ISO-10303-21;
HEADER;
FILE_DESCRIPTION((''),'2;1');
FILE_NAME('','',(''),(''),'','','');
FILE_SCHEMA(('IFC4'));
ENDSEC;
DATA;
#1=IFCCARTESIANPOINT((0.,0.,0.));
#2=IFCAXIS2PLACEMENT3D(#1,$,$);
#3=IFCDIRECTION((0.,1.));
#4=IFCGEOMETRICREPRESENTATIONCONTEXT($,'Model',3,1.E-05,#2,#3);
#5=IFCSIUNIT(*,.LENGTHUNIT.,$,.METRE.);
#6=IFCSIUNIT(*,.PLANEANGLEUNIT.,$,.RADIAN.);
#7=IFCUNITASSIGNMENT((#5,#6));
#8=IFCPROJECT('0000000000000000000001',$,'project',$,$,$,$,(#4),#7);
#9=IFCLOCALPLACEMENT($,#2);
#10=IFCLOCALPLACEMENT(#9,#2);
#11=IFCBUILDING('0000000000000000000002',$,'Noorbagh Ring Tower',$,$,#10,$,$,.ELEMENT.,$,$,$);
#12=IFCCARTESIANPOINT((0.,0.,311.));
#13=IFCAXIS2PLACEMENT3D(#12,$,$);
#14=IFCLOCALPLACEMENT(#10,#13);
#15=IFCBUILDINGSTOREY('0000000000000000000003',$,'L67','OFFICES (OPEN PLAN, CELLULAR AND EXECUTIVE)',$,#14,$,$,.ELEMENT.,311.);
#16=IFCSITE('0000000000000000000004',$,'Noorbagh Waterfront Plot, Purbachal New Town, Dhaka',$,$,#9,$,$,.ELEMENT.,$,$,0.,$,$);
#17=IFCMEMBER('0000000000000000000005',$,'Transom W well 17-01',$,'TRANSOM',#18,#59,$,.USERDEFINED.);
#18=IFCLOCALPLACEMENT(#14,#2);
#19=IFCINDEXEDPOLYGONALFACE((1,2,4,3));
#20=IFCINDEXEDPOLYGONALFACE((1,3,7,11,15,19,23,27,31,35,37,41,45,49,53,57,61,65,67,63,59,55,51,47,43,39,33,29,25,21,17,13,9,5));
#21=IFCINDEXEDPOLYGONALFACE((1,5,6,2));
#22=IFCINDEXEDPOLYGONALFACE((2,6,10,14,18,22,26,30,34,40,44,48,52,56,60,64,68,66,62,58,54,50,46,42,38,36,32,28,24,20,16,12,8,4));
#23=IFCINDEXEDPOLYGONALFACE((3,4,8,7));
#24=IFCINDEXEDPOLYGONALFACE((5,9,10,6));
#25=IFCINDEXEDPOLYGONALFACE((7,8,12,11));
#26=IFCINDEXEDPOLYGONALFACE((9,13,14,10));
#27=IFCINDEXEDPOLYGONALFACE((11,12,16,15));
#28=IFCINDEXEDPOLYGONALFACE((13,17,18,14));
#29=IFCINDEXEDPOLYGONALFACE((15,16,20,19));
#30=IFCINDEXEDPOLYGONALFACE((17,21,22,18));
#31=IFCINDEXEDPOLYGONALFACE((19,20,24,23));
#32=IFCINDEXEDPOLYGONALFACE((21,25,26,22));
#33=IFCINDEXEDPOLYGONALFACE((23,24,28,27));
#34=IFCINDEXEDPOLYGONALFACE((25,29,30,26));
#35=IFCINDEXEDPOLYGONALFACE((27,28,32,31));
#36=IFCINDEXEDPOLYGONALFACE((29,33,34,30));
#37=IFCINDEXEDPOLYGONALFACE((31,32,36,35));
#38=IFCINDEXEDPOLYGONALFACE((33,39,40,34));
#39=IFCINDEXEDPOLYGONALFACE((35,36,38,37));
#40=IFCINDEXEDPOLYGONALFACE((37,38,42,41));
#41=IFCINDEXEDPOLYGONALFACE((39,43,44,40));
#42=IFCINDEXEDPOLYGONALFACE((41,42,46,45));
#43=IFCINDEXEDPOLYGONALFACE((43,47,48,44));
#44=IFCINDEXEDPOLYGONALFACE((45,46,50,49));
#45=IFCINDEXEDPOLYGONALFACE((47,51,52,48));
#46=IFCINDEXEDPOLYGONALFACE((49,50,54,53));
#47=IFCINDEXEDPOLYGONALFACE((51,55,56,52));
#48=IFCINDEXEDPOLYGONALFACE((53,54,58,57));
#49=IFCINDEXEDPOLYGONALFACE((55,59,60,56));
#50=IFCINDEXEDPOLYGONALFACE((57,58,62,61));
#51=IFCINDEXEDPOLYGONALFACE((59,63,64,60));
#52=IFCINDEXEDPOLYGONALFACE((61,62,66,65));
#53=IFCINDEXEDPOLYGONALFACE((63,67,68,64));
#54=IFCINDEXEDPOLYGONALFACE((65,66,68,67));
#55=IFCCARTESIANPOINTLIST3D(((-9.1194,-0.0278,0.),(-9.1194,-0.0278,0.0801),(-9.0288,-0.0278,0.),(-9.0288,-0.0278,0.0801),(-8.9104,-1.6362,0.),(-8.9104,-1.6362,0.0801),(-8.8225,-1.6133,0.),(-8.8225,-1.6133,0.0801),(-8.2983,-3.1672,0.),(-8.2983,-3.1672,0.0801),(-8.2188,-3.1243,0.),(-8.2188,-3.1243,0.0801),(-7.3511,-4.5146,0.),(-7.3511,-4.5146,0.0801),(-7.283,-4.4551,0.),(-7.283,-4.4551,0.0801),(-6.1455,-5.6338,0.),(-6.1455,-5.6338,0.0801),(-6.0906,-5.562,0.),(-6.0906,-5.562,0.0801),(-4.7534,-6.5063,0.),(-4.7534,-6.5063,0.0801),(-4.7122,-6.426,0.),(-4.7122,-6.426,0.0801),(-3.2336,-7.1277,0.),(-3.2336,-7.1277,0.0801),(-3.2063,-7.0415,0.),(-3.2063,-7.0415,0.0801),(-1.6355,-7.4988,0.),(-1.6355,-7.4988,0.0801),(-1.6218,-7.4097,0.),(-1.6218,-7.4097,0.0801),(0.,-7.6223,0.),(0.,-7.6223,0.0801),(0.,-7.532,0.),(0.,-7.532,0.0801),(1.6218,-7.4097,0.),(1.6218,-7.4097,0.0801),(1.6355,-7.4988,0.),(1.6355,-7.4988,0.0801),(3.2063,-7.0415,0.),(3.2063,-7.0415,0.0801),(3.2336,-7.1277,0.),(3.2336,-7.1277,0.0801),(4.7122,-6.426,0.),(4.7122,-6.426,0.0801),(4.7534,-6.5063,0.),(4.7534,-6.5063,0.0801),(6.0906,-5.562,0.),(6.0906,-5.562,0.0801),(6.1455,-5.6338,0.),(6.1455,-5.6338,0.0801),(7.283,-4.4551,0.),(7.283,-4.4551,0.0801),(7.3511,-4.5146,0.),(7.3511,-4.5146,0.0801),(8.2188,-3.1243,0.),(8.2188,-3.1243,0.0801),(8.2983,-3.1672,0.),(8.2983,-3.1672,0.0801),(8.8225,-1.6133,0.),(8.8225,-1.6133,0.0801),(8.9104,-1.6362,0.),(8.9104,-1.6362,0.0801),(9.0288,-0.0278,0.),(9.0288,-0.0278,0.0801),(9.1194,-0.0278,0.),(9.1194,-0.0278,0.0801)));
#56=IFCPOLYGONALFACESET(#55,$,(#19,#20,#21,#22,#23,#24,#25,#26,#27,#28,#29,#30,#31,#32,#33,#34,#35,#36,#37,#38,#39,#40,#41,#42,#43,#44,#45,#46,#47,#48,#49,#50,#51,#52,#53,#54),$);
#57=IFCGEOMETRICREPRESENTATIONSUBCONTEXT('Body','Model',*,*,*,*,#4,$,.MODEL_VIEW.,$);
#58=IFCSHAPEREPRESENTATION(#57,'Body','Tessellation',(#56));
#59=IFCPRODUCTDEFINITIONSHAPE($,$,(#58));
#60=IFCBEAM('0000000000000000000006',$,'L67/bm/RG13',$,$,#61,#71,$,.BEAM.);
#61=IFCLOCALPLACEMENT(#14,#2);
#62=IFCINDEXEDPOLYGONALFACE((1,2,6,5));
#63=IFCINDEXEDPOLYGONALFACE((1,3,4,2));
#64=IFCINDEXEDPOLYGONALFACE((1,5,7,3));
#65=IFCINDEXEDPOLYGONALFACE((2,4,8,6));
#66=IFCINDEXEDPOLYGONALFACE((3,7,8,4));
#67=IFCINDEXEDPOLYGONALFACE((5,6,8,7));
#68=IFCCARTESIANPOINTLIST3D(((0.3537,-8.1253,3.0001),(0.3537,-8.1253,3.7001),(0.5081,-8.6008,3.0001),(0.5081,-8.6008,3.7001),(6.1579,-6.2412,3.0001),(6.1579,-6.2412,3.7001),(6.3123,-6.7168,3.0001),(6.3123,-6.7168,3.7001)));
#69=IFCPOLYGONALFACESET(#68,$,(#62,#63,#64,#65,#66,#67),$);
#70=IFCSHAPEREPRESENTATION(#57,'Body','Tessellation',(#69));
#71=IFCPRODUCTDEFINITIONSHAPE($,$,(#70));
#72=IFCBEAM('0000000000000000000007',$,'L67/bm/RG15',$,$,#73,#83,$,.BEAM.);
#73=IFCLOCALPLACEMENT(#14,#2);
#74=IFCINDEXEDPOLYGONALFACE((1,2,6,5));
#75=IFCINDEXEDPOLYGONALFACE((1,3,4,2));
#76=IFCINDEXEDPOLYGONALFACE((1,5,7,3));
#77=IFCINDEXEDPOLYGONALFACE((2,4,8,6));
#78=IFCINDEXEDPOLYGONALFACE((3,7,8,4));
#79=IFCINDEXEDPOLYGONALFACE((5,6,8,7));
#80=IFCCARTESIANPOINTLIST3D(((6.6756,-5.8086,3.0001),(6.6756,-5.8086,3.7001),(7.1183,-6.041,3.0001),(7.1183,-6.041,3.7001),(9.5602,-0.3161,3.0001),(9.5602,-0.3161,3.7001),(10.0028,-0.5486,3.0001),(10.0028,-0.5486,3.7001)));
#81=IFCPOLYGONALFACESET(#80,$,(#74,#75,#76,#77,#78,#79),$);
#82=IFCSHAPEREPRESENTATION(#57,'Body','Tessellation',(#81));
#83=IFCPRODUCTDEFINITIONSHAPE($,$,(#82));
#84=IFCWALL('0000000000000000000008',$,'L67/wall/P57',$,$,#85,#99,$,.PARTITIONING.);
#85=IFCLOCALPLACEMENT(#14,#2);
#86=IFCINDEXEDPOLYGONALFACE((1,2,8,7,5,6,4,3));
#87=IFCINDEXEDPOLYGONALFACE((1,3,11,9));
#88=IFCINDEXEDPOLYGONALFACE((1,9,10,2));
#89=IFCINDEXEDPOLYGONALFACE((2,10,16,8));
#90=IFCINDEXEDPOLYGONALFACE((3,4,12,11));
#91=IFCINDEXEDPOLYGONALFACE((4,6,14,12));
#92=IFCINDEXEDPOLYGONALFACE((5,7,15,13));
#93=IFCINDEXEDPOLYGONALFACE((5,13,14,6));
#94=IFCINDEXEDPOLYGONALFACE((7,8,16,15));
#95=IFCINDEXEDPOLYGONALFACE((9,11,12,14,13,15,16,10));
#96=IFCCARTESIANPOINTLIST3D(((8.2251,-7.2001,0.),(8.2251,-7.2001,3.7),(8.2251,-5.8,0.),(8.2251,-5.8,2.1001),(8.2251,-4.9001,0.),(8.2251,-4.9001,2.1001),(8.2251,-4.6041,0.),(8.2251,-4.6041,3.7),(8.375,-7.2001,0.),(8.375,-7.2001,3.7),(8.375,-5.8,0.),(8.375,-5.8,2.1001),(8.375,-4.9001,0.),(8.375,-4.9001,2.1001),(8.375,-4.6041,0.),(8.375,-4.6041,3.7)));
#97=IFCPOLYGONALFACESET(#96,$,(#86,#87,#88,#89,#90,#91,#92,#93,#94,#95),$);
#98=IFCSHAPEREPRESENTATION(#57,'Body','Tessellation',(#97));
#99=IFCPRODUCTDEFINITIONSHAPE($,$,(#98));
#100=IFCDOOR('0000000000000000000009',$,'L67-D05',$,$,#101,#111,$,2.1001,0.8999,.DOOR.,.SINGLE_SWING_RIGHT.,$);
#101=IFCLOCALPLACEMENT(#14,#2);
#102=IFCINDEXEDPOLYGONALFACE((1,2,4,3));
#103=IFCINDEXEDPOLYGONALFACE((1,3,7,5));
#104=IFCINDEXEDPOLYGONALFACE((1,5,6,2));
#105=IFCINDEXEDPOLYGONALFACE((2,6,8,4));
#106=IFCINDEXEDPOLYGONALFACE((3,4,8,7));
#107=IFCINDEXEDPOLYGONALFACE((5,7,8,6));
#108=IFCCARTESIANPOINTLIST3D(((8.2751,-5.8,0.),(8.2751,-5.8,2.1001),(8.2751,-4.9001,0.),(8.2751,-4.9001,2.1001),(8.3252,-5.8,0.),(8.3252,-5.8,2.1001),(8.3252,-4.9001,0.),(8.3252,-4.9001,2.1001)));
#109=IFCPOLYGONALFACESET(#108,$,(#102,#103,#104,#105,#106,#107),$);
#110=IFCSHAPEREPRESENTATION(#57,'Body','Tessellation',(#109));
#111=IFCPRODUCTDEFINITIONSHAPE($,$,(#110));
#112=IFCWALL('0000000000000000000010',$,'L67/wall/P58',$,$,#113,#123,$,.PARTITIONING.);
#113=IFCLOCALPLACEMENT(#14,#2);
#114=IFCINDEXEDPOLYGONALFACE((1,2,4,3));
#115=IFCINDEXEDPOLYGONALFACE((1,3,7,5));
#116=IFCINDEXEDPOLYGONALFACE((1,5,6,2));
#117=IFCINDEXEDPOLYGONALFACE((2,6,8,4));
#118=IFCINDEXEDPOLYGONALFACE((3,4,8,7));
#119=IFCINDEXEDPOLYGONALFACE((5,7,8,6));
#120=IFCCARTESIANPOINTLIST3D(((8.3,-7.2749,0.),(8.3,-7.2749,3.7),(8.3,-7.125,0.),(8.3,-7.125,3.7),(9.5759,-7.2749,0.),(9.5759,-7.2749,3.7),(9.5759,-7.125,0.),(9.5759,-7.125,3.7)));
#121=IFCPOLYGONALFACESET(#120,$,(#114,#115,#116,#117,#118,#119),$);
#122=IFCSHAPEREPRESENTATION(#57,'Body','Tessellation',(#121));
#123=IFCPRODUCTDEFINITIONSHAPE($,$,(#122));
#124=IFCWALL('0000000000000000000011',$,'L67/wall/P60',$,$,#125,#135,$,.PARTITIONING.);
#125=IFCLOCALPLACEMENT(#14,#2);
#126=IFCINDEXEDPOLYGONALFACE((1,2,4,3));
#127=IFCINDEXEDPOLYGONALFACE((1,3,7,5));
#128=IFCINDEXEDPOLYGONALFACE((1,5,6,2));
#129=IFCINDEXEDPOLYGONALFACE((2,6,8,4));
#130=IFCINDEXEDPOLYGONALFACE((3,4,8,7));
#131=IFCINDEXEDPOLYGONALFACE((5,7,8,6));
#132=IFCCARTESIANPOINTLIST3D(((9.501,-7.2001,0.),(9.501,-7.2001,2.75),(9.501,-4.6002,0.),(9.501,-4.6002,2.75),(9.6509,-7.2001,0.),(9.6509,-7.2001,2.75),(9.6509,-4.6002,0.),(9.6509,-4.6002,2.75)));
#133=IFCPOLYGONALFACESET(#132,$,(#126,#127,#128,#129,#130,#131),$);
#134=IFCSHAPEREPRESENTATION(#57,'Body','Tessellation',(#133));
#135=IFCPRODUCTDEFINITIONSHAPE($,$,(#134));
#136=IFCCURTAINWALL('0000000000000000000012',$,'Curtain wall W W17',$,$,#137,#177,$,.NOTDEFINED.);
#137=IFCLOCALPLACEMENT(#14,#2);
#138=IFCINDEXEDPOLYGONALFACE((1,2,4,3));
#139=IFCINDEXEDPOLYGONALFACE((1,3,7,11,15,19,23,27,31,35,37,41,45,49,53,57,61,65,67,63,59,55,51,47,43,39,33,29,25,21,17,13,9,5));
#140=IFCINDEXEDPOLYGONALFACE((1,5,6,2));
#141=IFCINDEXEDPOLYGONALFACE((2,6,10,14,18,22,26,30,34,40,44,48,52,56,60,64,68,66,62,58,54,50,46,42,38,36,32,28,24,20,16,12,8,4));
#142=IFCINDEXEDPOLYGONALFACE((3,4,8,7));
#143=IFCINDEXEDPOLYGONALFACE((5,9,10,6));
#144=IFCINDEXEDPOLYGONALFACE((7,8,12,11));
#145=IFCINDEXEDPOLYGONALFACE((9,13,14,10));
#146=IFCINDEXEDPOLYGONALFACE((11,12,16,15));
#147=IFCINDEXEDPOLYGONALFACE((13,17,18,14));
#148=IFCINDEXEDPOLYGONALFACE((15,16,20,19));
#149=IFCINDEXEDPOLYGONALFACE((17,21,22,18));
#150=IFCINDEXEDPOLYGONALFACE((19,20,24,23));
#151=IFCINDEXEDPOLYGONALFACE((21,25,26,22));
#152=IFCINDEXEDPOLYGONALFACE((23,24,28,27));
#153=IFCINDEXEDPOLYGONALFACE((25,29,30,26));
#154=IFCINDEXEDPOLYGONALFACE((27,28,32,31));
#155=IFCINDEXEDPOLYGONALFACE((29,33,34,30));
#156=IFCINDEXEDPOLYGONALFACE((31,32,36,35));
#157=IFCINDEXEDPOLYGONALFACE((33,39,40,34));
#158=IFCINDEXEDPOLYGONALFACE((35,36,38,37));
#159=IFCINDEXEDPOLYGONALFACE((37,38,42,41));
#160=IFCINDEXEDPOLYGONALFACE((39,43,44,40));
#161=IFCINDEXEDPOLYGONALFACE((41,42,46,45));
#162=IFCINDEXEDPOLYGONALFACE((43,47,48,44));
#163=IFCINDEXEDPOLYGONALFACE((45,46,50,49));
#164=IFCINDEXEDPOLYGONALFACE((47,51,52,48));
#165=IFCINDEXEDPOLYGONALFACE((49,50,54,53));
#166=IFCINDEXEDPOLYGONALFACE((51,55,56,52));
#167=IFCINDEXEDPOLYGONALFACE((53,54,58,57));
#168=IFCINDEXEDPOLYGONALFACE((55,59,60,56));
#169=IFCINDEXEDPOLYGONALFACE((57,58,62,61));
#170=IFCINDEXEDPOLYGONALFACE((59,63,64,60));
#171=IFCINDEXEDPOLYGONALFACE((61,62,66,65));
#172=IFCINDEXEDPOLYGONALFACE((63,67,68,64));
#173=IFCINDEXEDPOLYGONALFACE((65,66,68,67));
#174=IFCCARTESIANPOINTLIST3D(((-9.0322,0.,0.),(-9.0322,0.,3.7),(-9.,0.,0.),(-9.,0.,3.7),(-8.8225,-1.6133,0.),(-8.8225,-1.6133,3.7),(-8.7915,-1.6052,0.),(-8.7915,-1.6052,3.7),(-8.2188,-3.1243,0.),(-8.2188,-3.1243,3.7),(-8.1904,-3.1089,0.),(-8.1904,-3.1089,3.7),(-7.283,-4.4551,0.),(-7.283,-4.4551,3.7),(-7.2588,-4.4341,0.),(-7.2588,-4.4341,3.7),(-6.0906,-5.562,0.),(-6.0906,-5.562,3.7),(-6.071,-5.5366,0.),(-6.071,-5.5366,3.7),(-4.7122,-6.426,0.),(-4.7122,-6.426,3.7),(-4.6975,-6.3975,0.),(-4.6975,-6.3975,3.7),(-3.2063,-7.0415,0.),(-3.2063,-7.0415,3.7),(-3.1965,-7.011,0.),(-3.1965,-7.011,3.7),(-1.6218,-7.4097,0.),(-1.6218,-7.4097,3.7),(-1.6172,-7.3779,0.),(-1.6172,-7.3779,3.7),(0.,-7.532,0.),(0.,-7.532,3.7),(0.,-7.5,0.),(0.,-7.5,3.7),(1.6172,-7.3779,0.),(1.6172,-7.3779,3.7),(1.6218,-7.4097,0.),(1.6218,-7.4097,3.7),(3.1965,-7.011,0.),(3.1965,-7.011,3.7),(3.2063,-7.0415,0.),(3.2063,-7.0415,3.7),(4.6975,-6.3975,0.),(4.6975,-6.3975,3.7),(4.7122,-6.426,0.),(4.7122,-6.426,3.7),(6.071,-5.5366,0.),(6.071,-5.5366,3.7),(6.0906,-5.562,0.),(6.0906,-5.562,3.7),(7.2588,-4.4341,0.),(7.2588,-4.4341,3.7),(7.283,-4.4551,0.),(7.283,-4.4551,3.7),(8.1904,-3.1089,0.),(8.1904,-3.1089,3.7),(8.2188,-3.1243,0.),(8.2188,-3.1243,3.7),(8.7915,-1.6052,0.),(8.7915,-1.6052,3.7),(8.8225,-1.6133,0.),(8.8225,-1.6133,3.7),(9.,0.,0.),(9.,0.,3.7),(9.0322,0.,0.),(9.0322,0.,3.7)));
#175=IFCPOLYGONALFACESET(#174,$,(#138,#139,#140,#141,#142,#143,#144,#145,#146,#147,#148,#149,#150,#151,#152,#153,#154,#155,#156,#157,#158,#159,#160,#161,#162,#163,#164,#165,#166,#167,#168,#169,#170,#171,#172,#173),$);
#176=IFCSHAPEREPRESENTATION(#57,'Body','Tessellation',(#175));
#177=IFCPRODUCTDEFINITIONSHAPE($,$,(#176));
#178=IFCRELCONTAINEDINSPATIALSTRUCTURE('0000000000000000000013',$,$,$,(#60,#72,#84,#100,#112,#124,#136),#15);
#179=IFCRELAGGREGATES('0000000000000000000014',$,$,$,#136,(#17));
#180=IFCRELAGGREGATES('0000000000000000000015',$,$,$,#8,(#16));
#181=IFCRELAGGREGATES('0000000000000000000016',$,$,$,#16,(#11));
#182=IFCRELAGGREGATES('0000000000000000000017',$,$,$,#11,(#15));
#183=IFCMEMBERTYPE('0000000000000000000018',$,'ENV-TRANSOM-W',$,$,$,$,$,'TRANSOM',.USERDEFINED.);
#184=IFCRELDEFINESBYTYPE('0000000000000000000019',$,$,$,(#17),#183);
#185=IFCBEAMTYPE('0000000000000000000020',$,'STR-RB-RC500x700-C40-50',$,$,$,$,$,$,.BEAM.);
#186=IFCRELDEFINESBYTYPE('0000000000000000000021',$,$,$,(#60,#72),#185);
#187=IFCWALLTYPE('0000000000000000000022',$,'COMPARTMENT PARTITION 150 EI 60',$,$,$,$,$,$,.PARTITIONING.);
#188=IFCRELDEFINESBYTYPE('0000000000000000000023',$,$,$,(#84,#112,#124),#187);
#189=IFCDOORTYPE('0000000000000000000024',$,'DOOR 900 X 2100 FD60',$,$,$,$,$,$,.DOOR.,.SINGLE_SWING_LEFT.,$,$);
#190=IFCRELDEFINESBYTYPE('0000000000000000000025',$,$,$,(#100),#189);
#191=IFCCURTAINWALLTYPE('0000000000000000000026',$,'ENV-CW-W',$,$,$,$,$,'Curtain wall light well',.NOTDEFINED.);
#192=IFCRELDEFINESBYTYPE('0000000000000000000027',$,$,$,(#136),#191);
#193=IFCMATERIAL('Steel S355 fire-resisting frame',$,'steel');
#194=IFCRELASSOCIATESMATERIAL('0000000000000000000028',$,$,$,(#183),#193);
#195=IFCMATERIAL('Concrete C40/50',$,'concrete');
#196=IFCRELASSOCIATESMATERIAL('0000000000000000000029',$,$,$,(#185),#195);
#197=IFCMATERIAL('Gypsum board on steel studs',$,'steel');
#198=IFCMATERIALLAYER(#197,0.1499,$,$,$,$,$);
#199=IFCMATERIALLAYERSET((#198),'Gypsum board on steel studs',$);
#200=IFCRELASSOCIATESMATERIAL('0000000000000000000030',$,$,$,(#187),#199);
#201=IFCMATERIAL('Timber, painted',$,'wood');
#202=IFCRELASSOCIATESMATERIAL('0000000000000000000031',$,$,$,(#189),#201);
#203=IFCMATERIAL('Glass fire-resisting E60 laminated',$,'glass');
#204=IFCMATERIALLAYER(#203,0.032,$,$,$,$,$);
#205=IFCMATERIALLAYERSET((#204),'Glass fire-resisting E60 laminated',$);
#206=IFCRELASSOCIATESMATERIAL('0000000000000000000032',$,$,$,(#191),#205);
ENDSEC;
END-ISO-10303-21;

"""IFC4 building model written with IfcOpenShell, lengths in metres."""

from ifc_helpers import new_model, si_unit, direction, frame, frame_2d, origin, origin_2d, place, context, subcontext, project, spatial, polyline, rectangle, outline, extrude, material, layer, layer_set, material_profile, profile_set, type_object, element, fill, aggregate, save


model = new_model("IFC4")

# Units and contexts
model_context = context("Model", 3, precision=1e-05, world=origin(), true_north=direction((0.0, 1.0)))
body_context = subcontext(model_context, "Body", "Model", "MODEL_VIEW")
ifc_project = project(units=[si_unit("LENGTHUNIT", "METRE"), si_unit("PLANEANGLEUNIT", "RADIAN")], contexts=[model_context])

# Site, building, storey
site_placement = place(None, origin())
site = spatial("IfcSite", under=ifc_project, at=site_placement, Name="Noorbagh Waterfront Plot, Purbachal New Town, Dhaka", CompositionType="ELEMENT", RefElevation=0.0)
building_placement = place(site_placement, origin())
building = spatial("IfcBuilding", under=site, at=building_placement, Name="Noorbagh Ring Tower", CompositionType="ELEMENT")
storey_placement = place(building_placement, frame((0.0, 0.0, 311.0)))
storey = spatial("IfcBuildingStorey", under=building, at=storey_placement, Name="L67", Description="OFFICES (OPEN PLAN, CELLULAR AND EXECUTIVE)", CompositionType="ELEMENT", Elevation=311.0)

# Member
ifc_material_1 = material(Name="Steel S355 fire-resisting frame", Category="steel")
member_type_1 = type_object("IfcMemberType", Name="ENV-TRANSOM-W", ElementType="TRANSOM", PredefinedType="USERDEFINED", material=ifc_material_1)
member_1_placement = place(storey_placement, origin())
member_1 = element("IfcMember", 1, at=member_1_placement, type_object=member_type_1, Name="Transom W well 17-01", ObjectType="TRANSOM", PredefinedType="USERDEFINED", context=body_context, shape_type="SweptSolid", body=[
    extrude(outline(polyline([(-9.1194, -0.0278), (-8.9104, -1.6362), (-8.2983, -3.1672), (-7.3511, -4.5146), (-6.1455, -5.6338), (-4.7534, -6.5063), (-3.2336, -7.1277), (-1.6355, -7.4988), (0.0, -7.6223), (1.6355, -7.4988), (3.2336, -7.1277), (4.7534, -6.5063), (6.1455, -5.6338), (7.3511, -4.5146), (8.2983, -3.1672), (8.9104, -1.6362), (9.1194, -0.0278), (9.0288, -0.0278), (8.8225, -1.6133), (8.2188, -3.1243), (7.283, -4.4551), (6.0906, -5.562), (4.7122, -6.426), (3.2063, -7.0415), (1.6218, -7.4097), (0.0, -7.532), (-1.6218, -7.4097), (-3.2063, -7.0415), (-4.7122, -6.426), (-6.0906, -5.562), (-7.283, -4.4551), (-8.2188, -3.1243), (-8.8225, -1.6133), (-9.0288, -0.0278), (-9.1194, -0.0278)])), origin(), (0.0, 0.0, 1.0), 0.0801),
])

# Beams
ifc_material_2 = material(Name="Concrete C40/50", Category="concrete")
ifc_material_profile_1 = material_profile(ifc_material_2, rectangle(XDim=0.5, YDim=0.7, at=origin_2d()), Name="RC500x700")
ifc_profile_set_1 = profile_set([ifc_material_profile_1], Name="Concrete C40/50")
beam_type = type_object("IfcBeamType", Name="STR-RB-RC500x700-C40-50", PredefinedType="BEAM", material=ifc_profile_set_1)
beam_1_placement = place(storey_placement, frame((0.4309, -8.363, 3.3501), z_axis=(0.951146, 0.30874, 0.0), x_axis=(-0.30874, 0.951146, 0.0)))
element("IfcBeam", 2, at=beam_1_placement, inside=storey, type_object=beam_type, Name="L67/bm/RG13", PredefinedType="BEAM", context=body_context, shape_type="SweptSolid", body=[
    extrude(rectangle(XDim=0.5, YDim=0.7, at=origin_2d()), origin(), (0.0, 0.0, 1.0), 6.1023),
])
beam_2_placement = place(storey_placement, frame((6.897, -5.9248, 3.3501), z_axis=(0.46496, 0.885332, 0.0), x_axis=(-0.885332, 0.46496, 0.0)))
element("IfcBeam", 3, at=beam_2_placement, inside=storey, type_object=beam_type, Name="L67/bm/RG15", PredefinedType="BEAM", context=body_context, shape_type="SweptSolid", body=[
    extrude(rectangle(XDim=0.5, YDim=0.7, at=origin_2d()), origin(), (0.0, 0.0, 1.0), 6.2039),
])

# Wall, opening, door
ifc_material_3 = material(Name="Gypsum board on steel studs", Category="steel")
ifc_layer_1 = layer(ifc_material_3, 0.1499)
ifc_layer_set_1 = layer_set([ifc_layer_1], Name="Gypsum board on steel studs")
wall_type_1 = type_object("IfcWallType", Name="COMPARTMENT PARTITION 150 EI 60", PredefinedType="PARTITIONING", material=ifc_layer_set_1)
wall_1_placement = place(storey_placement, frame((8.3, -7.2, 0.0), z_axis=(0.0, 0.0, 1.0), x_axis=(0.0, 1.0, 0.0)))
wall_1 = element("IfcWall", 4, at=wall_1_placement, inside=storey, type_object=wall_type_1, Name="L67/wall/P57", PredefinedType="PARTITIONING", context=body_context, shape_type="SweptSolid", body=[
    extrude(rectangle(XDim=2.5959, YDim=0.1499, at=frame_2d((1.2979, 0.0))), origin(), (0.0, 0.0, 1.0), 3.7),
])
opening_1_placement = place(wall_1_placement, frame((1.3999, 0.0, 0.0)))
opening_1 = element("IfcOpeningElement", 5, at=opening_1_placement, cuts=wall_1, PredefinedType="OPENING", context=body_context, shape_type="SweptSolid", body=[
    extrude(rectangle(XDim=0.8999, YDim=2.1001, at=frame_2d((0.45, 1.05))), frame((0.0, 0.085, 0.0), z_axis=(0.0, -1.0, 0.0), x_axis=(1.0, 0.0, 0.0)), (0.0, 0.0, 1.0), 0.1699),
])
ifc_material_4 = material(Name="Timber, painted", Category="wood")
door_type_1 = type_object("IfcDoorType", Name="DOOR 900 X 2100 FD60", OperationType="SINGLE_SWING_LEFT", PredefinedType="DOOR", material=ifc_material_4)
door_1_placement = place(opening_1_placement, origin())
door_1 = element("IfcDoor", 6, at=door_1_placement, inside=storey, type_object=door_type_1, Name="L67-D05", OperationType="SINGLE_SWING_RIGHT", OverallHeight=2.1001, OverallWidth=0.8999, PredefinedType="DOOR", context=body_context, shape_type="SweptSolid", body=[
    extrude(rectangle(XDim=0.8999, YDim=2.1001, at=frame_2d((0.45, 1.05))), frame((0.0, 0.0249, 0.0), z_axis=(0.0, -1.0, 0.0), x_axis=(1.0, 0.0, 0.0)), (0.0, 0.0, 1.0), 0.05),
])
fill(opening_1, door_1)

# Walls
wall_2_placement = place(storey_placement, frame((8.3, -7.2, 0.0), z_axis=(0.0, 0.0, 1.0), x_axis=(1.0, 0.0, 0.0)))
element("IfcWall", 7, at=wall_2_placement, inside=storey, type_object=wall_type_1, Name="L67/wall/P58", PredefinedType="PARTITIONING", context=body_context, shape_type="SweptSolid", body=[
    extrude(rectangle(XDim=1.2759, YDim=0.1499, at=frame_2d((0.6379, 0.0))), origin(), (0.0, 0.0, 1.0), 3.7),
])
wall_3_placement = place(storey_placement, frame((9.5759, -7.2, 0.0), z_axis=(0.0, 0.0, 1.0), x_axis=(0.0, 1.0, 0.0)))
element("IfcWall", 8, at=wall_3_placement, inside=storey, type_object=wall_type_1, Name="L67/wall/P60", PredefinedType="PARTITIONING", context=body_context, shape_type="SweptSolid", body=[
    extrude(rectangle(XDim=2.5999, YDim=0.1499, at=frame_2d((1.2998, 0.0))), origin(), (0.0, 0.0, 1.0), 2.75),
])

# Curtain wall
ifc_material_5 = material(Name="Glass fire-resisting E60 laminated", Category="glass")
ifc_layer_2 = layer(ifc_material_5, 0.032)
ifc_layer_set_2 = layer_set([ifc_layer_2], Name="Glass fire-resisting E60 laminated")
curtain_wall_type = type_object("IfcCurtainWallType", Name="ENV-CW-W", ElementType="Curtain wall light well", PredefinedType="NOTDEFINED", material=ifc_layer_set_2)
curtain_wall_1_placement = place(storey_placement, origin())
curtain_wall_1 = element("IfcCurtainWall", 9, at=curtain_wall_1_placement, inside=storey, type_object=curtain_wall_type, Name="Curtain wall W W17", PredefinedType="NOTDEFINED", context=body_context, shape_type="SweptSolid", body=[
    extrude(outline(polyline([(-9.0322, 0.0), (-8.8225, -1.6133), (-8.2188, -3.1243), (-7.283, -4.4551), (-6.0906, -5.562), (-4.7122, -6.426), (-3.2063, -7.0415), (-1.6218, -7.4097), (0.0, -7.532), (1.6218, -7.4097), (3.2063, -7.0415), (4.7122, -6.426), (6.0906, -5.562), (7.283, -4.4551), (8.2188, -3.1243), (8.8225, -1.6133), (9.0322, 0.0), (9.0, 0.0), (8.7915, -1.6052), (8.1904, -3.1089), (7.2588, -4.4341), (6.071, -5.5366), (4.6975, -6.3975), (3.1965, -7.011), (1.6172, -7.3779), (0.0, -7.5), (-1.6172, -7.3779), (-3.1965, -7.011), (-4.6975, -6.3975), (-6.071, -5.5366), (-7.2588, -4.4341), (-8.1904, -3.1089), (-8.7915, -1.6052), (-9.0, 0.0), (-9.0322, 0.0)])), origin(), (0.0, 0.0, 1.0), 3.7),
])
aggregate(curtain_wall_1, [member_1])

save(model, "model.ifc")
